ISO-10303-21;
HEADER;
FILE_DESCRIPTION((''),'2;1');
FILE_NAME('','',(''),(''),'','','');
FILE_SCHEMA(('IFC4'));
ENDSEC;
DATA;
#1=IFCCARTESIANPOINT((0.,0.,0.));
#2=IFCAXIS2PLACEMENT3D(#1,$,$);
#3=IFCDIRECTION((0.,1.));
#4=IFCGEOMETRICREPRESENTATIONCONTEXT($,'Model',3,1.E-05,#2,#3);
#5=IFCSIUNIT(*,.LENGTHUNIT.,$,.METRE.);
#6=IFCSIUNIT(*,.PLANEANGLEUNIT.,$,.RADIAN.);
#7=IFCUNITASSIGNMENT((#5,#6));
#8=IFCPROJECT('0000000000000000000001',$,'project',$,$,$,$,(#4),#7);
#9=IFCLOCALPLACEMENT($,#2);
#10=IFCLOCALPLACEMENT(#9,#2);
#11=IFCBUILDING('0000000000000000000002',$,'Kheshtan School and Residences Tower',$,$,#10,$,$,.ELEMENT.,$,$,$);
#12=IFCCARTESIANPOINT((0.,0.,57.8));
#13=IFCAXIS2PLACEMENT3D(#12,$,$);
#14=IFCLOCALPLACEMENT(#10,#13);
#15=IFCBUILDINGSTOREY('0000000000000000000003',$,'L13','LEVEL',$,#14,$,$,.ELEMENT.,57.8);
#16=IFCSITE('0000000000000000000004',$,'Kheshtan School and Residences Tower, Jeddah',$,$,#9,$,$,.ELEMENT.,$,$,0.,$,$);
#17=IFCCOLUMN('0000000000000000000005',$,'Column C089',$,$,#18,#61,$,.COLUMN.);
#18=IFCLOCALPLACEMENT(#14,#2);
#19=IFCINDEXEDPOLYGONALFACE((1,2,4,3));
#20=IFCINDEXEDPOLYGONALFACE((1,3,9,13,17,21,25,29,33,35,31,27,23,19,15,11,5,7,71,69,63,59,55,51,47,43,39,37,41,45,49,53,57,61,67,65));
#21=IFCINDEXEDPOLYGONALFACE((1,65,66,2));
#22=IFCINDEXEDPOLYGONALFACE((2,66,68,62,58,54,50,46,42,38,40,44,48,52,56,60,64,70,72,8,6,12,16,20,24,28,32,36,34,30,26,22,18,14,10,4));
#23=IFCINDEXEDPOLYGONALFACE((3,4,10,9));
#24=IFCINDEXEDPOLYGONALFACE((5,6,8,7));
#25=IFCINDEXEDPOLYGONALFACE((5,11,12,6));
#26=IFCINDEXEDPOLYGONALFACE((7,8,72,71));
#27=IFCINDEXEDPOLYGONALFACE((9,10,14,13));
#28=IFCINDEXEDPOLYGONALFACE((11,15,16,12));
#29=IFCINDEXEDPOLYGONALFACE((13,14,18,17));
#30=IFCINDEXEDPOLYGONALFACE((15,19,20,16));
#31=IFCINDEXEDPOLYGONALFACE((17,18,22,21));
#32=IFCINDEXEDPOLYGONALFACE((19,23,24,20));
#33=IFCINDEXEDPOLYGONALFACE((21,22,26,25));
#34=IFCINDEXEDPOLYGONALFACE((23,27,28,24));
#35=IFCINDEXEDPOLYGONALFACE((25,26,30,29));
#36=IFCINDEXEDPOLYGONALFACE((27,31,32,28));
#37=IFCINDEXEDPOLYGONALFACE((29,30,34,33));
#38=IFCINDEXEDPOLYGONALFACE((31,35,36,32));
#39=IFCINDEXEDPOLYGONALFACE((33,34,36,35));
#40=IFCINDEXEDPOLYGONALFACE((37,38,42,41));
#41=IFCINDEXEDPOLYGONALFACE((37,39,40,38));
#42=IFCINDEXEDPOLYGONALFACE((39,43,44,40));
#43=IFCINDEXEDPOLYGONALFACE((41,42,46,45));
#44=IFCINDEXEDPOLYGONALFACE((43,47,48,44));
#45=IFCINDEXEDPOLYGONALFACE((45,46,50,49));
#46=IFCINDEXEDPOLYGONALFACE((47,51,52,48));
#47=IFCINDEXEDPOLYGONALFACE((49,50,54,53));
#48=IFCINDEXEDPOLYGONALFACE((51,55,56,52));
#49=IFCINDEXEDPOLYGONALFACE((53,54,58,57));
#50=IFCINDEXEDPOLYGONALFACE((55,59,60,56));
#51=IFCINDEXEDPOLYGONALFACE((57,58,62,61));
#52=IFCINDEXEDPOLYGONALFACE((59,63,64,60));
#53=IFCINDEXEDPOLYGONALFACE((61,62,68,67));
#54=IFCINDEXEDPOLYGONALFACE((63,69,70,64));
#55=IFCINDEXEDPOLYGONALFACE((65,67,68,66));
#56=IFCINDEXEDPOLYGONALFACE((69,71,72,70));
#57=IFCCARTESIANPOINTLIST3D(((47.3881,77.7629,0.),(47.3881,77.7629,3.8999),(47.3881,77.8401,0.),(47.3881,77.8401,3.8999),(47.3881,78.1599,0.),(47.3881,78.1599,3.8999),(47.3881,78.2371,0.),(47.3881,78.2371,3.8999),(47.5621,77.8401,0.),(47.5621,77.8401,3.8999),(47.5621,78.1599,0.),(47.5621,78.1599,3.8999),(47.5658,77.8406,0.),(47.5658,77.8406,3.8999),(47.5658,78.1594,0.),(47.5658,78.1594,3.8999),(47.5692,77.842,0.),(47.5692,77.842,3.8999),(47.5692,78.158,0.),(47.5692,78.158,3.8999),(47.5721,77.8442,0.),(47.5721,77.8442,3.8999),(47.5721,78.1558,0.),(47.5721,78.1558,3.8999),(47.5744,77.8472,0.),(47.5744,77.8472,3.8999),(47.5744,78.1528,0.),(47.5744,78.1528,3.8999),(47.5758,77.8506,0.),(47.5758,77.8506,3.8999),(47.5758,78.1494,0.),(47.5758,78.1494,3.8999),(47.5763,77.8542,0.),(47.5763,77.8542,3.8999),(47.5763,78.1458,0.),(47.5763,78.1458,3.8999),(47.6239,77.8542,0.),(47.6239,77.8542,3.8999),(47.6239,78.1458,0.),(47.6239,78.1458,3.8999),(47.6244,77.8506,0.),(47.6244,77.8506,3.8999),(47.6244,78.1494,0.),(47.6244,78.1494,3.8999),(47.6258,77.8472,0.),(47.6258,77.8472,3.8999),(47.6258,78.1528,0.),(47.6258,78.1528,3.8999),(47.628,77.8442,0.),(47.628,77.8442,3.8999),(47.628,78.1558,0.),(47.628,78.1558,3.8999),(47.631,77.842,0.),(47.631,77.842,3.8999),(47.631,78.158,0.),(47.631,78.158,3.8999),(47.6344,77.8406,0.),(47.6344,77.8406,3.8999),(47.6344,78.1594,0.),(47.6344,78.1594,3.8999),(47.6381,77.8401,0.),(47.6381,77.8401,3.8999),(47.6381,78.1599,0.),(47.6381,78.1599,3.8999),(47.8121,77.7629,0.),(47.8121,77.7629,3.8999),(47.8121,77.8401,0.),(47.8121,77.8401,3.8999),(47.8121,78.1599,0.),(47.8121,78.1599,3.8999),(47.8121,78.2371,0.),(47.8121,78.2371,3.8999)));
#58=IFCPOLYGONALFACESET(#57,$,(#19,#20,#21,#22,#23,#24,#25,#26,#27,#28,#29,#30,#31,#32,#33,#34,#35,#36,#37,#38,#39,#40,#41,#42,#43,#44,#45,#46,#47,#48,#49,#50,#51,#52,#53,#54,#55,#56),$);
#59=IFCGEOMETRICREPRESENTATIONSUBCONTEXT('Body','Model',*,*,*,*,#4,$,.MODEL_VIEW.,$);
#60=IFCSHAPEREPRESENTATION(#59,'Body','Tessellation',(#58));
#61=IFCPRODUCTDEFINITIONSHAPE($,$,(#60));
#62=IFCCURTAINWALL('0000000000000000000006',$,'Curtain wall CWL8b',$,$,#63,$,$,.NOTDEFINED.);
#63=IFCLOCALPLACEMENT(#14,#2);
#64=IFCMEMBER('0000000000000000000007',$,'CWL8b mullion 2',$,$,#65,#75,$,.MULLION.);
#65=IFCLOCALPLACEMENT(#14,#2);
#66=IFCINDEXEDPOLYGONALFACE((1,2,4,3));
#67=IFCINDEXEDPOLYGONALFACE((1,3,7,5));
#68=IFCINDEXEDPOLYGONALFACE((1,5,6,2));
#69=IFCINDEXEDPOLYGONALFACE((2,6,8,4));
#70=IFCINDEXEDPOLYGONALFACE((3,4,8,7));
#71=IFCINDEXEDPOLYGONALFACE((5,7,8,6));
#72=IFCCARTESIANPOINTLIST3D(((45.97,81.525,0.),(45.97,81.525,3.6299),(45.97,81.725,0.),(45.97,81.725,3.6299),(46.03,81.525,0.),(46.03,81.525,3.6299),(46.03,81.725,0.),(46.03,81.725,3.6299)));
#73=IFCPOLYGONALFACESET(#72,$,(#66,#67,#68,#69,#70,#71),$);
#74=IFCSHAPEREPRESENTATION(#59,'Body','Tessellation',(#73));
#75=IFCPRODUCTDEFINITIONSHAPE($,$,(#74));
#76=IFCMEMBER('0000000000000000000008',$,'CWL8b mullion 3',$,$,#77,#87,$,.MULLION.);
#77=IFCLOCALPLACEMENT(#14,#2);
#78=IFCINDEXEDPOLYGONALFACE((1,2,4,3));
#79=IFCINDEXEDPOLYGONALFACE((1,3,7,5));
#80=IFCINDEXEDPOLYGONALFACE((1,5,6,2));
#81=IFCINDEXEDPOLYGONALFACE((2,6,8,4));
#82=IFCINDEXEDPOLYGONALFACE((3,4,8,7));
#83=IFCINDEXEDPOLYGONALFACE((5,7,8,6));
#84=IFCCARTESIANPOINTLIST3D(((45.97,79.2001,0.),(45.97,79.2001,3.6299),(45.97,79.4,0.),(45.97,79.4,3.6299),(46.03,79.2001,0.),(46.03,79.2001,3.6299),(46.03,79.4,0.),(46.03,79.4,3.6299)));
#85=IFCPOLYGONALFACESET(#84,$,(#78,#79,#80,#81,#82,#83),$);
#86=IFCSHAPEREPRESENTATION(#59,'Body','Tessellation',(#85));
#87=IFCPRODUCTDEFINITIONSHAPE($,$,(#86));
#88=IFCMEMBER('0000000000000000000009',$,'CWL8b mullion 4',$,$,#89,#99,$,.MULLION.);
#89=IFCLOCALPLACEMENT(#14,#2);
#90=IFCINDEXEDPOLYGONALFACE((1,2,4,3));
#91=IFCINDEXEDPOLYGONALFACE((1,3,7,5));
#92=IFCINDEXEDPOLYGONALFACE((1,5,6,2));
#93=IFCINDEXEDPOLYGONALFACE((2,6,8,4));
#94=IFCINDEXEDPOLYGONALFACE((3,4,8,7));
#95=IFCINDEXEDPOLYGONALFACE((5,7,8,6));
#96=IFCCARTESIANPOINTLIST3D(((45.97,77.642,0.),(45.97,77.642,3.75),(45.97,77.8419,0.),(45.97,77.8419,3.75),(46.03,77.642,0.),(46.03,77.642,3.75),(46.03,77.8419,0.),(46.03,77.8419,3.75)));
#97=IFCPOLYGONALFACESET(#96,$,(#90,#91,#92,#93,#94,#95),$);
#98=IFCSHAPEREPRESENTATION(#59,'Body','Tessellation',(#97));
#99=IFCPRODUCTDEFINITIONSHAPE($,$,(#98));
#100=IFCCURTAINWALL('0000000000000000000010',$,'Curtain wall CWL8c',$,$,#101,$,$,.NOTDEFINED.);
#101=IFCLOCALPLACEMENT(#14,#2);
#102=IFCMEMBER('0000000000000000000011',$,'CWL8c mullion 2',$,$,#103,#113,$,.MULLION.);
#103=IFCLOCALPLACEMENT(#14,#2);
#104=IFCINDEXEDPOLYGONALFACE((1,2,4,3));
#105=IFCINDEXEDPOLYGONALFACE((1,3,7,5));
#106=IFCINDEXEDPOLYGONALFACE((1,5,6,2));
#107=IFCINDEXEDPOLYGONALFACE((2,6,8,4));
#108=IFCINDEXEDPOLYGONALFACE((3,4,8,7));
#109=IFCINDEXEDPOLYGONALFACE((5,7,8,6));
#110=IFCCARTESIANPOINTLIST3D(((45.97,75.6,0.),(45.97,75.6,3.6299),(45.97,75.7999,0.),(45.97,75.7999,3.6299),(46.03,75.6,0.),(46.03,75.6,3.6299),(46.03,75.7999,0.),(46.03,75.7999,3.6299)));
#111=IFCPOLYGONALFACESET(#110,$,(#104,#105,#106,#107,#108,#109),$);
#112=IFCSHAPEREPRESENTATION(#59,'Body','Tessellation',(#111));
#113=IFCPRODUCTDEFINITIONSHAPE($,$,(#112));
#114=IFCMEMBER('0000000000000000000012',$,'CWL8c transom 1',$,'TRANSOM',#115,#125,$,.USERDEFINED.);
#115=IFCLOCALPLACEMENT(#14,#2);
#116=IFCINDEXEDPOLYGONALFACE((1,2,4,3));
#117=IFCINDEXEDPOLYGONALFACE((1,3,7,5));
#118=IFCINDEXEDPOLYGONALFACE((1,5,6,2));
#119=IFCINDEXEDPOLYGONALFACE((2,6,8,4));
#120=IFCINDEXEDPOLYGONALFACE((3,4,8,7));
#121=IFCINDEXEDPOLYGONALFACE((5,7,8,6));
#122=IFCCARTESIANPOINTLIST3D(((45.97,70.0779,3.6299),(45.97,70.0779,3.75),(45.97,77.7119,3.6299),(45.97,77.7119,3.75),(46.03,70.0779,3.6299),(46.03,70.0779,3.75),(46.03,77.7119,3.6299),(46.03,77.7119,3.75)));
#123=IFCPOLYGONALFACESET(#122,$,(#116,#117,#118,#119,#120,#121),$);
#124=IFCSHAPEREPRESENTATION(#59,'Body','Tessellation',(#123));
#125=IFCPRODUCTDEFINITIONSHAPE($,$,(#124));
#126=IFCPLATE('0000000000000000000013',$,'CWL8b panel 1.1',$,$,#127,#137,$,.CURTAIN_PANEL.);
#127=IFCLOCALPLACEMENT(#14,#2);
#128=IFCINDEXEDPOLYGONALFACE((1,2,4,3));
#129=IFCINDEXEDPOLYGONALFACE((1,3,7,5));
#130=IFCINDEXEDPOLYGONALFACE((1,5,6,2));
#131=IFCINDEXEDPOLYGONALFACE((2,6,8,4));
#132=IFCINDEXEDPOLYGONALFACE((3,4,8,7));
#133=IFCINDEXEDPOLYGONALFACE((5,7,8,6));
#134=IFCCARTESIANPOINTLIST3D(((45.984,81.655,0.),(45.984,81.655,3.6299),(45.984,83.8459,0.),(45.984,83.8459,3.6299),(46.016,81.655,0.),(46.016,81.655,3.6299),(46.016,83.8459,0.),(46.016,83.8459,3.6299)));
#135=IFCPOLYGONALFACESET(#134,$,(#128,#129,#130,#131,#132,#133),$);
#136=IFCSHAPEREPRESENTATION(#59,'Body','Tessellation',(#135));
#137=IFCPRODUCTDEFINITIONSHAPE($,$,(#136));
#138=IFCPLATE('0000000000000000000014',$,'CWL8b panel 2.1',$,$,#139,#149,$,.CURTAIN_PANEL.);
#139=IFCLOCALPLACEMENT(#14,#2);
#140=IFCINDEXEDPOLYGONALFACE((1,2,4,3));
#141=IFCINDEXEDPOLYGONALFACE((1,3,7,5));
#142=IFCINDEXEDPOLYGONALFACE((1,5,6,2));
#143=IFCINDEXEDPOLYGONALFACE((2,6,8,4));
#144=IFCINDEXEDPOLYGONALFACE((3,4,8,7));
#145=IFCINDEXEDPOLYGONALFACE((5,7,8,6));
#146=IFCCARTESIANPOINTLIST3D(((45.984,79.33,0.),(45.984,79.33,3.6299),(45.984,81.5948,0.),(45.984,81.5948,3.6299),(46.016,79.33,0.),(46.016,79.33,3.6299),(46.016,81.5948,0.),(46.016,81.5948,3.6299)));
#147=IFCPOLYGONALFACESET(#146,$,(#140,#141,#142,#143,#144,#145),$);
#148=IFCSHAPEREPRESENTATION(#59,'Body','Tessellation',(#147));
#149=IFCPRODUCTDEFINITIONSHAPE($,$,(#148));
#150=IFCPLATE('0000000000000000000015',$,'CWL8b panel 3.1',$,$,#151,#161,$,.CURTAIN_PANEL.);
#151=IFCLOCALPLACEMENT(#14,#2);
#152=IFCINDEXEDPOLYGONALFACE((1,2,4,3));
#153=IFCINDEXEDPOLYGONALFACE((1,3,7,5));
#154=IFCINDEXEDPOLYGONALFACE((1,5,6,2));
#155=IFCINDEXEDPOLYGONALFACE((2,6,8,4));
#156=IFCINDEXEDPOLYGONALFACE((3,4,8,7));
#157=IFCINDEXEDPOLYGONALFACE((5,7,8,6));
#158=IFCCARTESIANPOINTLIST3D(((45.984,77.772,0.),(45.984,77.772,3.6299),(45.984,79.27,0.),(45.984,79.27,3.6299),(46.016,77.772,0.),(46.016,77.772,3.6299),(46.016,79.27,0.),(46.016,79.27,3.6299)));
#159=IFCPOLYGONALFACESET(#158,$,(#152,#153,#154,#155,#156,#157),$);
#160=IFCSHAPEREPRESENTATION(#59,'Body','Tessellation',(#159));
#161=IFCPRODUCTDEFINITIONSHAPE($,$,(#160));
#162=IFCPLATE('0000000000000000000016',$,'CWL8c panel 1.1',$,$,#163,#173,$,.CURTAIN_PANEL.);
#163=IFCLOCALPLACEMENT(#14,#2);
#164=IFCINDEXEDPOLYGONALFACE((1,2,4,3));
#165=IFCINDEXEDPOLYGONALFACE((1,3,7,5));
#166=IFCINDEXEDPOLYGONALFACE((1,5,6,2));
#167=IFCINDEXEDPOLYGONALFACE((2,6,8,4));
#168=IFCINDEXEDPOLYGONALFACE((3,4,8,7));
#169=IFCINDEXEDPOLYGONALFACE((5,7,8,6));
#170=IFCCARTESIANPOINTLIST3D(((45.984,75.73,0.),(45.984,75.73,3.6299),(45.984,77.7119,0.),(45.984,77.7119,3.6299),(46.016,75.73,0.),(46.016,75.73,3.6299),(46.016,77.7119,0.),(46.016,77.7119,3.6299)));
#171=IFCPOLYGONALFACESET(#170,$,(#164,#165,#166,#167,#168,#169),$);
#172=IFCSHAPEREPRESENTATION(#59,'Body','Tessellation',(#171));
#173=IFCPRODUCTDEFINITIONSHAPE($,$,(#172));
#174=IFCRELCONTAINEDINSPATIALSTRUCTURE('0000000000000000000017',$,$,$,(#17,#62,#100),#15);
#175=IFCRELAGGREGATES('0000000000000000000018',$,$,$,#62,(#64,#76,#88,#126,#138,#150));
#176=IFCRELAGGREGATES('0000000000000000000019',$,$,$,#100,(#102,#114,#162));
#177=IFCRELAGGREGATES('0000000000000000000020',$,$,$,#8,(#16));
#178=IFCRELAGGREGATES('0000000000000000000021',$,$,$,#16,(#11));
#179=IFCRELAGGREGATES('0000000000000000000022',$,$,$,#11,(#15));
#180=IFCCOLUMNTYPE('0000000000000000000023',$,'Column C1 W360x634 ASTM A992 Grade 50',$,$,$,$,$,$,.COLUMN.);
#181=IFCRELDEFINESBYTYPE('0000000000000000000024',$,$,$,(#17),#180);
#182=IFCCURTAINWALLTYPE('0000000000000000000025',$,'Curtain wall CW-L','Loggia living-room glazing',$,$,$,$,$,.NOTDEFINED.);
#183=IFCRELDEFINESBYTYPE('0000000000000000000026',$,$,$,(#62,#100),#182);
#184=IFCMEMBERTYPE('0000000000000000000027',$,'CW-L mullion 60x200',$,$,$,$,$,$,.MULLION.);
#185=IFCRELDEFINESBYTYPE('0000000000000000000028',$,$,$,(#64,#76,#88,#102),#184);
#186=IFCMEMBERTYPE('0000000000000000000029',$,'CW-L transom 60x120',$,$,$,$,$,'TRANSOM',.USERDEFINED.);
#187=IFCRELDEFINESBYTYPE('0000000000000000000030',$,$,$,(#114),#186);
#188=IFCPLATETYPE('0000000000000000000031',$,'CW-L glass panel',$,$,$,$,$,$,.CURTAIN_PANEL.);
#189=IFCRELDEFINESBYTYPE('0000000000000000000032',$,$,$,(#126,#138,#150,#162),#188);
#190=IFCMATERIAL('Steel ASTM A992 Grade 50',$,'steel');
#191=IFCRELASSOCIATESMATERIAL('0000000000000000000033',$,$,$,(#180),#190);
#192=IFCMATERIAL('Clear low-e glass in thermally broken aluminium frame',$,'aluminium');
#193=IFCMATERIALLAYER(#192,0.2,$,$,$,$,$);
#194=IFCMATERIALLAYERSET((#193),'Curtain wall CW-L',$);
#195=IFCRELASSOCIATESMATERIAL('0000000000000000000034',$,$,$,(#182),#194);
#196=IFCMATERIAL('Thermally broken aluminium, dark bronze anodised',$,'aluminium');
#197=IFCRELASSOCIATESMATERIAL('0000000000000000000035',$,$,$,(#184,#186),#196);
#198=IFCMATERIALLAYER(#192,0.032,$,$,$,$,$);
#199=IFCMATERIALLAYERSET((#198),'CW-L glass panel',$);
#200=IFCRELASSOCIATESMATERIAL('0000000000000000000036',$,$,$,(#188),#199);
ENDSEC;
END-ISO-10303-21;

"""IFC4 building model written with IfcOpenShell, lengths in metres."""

from ifc_helpers import new_model, si_unit, direction, frame, origin, origin_2d, place, context, subcontext, project, spatial, rectangle, i_section, extrude, material, layer, layer_set, material_profile, profile_set, type_object, element, aggregate, save


model = new_model("IFC4")

# Units and contexts
model_context = context("Model", 3, precision=1e-05, world=origin(), true_north=direction((0.0, 1.0)))
body_context = subcontext(model_context, "Body", "Model", "MODEL_VIEW")
ifc_project = project(units=[si_unit("LENGTHUNIT", "METRE"), si_unit("PLANEANGLEUNIT", "RADIAN")], contexts=[model_context])

# Site, building, storey
site_placement = place(None, origin())
site = spatial("IfcSite", under=ifc_project, at=site_placement, Name="Kheshtan School and Residences Tower, Jeddah", CompositionType="ELEMENT", RefElevation=0.0)
building_placement = place(site_placement, origin())
building = spatial("IfcBuilding", under=site, at=building_placement, Name="Kheshtan School and Residences Tower", CompositionType="ELEMENT")
storey_placement = place(building_placement, frame((0.0, 0.0, 57.8)))
storey = spatial("IfcBuildingStorey", under=building, at=storey_placement, Name="L13", Description="LEVEL", CompositionType="ELEMENT", Elevation=57.8)

# Column
ifc_material_1 = material(Name="Steel ASTM A992 Grade 50", Category="steel")
ifc_material_profile_1 = material_profile(ifc_material_1, i_section(OverallWidth=0.4241, OverallDepth=0.4741, WebThickness=0.0476, FlangeThickness=0.0771, FilletRadius=0.0142, at=origin_2d()), Name="W360x634")
ifc_profile_set_1 = profile_set([ifc_material_profile_1], Name="Steel ASTM A992 Grade 50")
column_type = type_object("IfcColumnType", Name="Column C1 W360x634 ASTM A992 Grade 50", PredefinedType="COLUMN", material=ifc_profile_set_1)
column_placement = place(storey_placement, frame((47.6001, 78.0, 0.0), z_axis=(0.0, 0.0, 1.0), x_axis=(1.0, 0.0, 0.0)))
element("IfcColumn", 1, at=column_placement, inside=storey, type_object=column_type, Name="Column C089", PredefinedType="COLUMN", context=body_context, shape_type="SweptSolid", body=[
    extrude(i_section(OverallWidth=0.4241, OverallDepth=0.4741, WebThickness=0.0476, FlangeThickness=0.0771, FilletRadius=0.0142, at=origin_2d()), origin(), (0.0, 0.0, 1.0), 3.8999),
])

# Curtain walls, members
ifc_material_2 = material(Name="Clear low-e glass in thermally broken aluminium frame", Category="aluminium")
ifc_layer_1 = layer(ifc_material_2, 0.2)
ifc_layer_set_1 = layer_set([ifc_layer_1], Name="Curtain wall CW-L")
curtain_wall_type = type_object("IfcCurtainWallType", Name="Curtain wall CW-L", Description="Loggia living-room glazing", PredefinedType="NOTDEFINED", material=ifc_layer_set_1)
curtain_wall_1_placement = place(storey_placement, origin())
curtain_wall_1 = element("IfcCurtainWall", 2, at=curtain_wall_1_placement, inside=storey, type_object=curtain_wall_type, Name="Curtain wall CWL8b", PredefinedType="NOTDEFINED")
ifc_material_3 = material(Name="Thermally broken aluminium, dark bronze anodised", Category="aluminium")
ifc_material_profile_2 = material_profile(ifc_material_3, rectangle(XDim=0.0601, YDim=0.2, at=origin_2d()), Name="CW-L mullion 60x200")
ifc_profile_set_2 = profile_set([ifc_material_profile_2], Name="Thermally broken aluminium, dark bronze anodised")
member_type_1 = type_object("IfcMemberType", Name="CW-L mullion 60x200", PredefinedType="MULLION", material=ifc_profile_set_2)
member_1_placement = place(storey_placement, frame((46.0, 81.625, 0.0), z_axis=(0.0, 0.0, 1.0), x_axis=(1.0, 0.0, 0.0)))
member_1 = element("IfcMember", 3, at=member_1_placement, type_object=member_type_1, Name="CWL8b mullion 2", PredefinedType="MULLION", context=body_context, shape_type="SweptSolid", body=[
    extrude(rectangle(XDim=0.0601, YDim=0.2, at=origin_2d()), origin(), (0.0, 0.0, 1.0), 3.6299),
])
member_2_placement = place(storey_placement, frame((46.0, 79.3, 0.0), z_axis=(0.0, 0.0, 1.0), x_axis=(1.0, 0.0, 0.0)))
member_2 = element("IfcMember", 4, at=member_2_placement, type_object=member_type_1, Name="CWL8b mullion 3", PredefinedType="MULLION", context=body_context, shape_type="SweptSolid", body=[
    extrude(rectangle(XDim=0.0601, YDim=0.2, at=origin_2d()), origin(), (0.0, 0.0, 1.0), 3.6299),
])
member_3_placement = place(storey_placement, frame((46.0, 77.7419, 0.0), z_axis=(0.0, 0.0, 1.0), x_axis=(1.0, 0.0, 0.0)))
member_3 = element("IfcMember", 5, at=member_3_placement, type_object=member_type_1, Name="CWL8b mullion 4", PredefinedType="MULLION", context=body_context, shape_type="SweptSolid", body=[
    extrude(rectangle(XDim=0.0601, YDim=0.2, at=origin_2d()), origin(), (0.0, 0.0, 1.0), 3.75),
])
curtain_wall_2_placement = place(storey_placement, origin())
curtain_wall_2 = element("IfcCurtainWall", 6, at=curtain_wall_2_placement, inside=storey, type_object=curtain_wall_type, Name="Curtain wall CWL8c", PredefinedType="NOTDEFINED")
member_4_placement = place(storey_placement, frame((46.0, 75.7, 0.0), z_axis=(0.0, 0.0, 1.0), x_axis=(1.0, 0.0, 0.0)))
member_4 = element("IfcMember", 7, at=member_4_placement, type_object=member_type_1, Name="CWL8c mullion 2", PredefinedType="MULLION", context=body_context, shape_type="SweptSolid", body=[
    extrude(rectangle(XDim=0.0601, YDim=0.2, at=origin_2d()), origin(), (0.0, 0.0, 1.0), 3.6299),
])
ifc_material_profile_3 = material_profile(ifc_material_3, rectangle(XDim=0.0601, YDim=0.1201, at=origin_2d()), Name="CW-L transom 60x120")
ifc_profile_set_3 = profile_set([ifc_material_profile_3], Name="Thermally broken aluminium, dark bronze anodised")
member_type_2 = type_object("IfcMemberType", Name="CW-L transom 60x120", ElementType="TRANSOM", PredefinedType="USERDEFINED", material=ifc_profile_set_3)
member_5_placement = place(storey_placement, frame((46.0, 77.7119, 3.6899), z_axis=(0.0, -1.0, 0.0), x_axis=(1.0, 0.0, 0.0)))
member_5 = element("IfcMember", 8, at=member_5_placement, type_object=member_type_2, Name="CWL8c transom 1", ObjectType="TRANSOM", PredefinedType="USERDEFINED", context=body_context, shape_type="SweptSolid", body=[
    extrude(rectangle(XDim=0.0601, YDim=0.1201, at=origin_2d()), origin(), (0.0, 0.0, 1.0), 7.634),
])

# Plates
ifc_layer_2 = layer(ifc_material_2, 0.032)
ifc_layer_set_2 = layer_set([ifc_layer_2], Name="CW-L glass panel")
plate_type = type_object("IfcPlateType", Name="CW-L glass panel", PredefinedType="CURTAIN_PANEL", material=ifc_layer_set_2)
plate_1_placement = place(storey_placement, frame((46.0, 82.7505, 0.0), z_axis=(0.0, 0.0, 1.0), x_axis=(0.0, -1.0, 0.0)))
plate_1 = element("IfcPlate", 9, at=plate_1_placement, type_object=plate_type, Name="CWL8b panel 1.1", PredefinedType="CURTAIN_PANEL", context=body_context, shape_type="SweptSolid", body=[
    extrude(rectangle(XDim=2.1909, YDim=0.032, at=origin_2d()), origin(), (0.0, 0.0, 1.0), 3.6299),
])
plate_2_placement = place(storey_placement, frame((46.0, 80.4624, 0.0), z_axis=(0.0, 0.0, 1.0), x_axis=(0.0, -1.0, 0.0)))
plate_2 = element("IfcPlate", 10, at=plate_2_placement, type_object=plate_type, Name="CWL8b panel 2.1", PredefinedType="CURTAIN_PANEL", context=body_context, shape_type="SweptSolid", body=[
    extrude(rectangle(XDim=2.2649, YDim=0.032, at=origin_2d()), origin(), (0.0, 0.0, 1.0), 3.6299),
])
plate_3_placement = place(storey_placement, frame((46.0, 78.521, 0.0), z_axis=(0.0, 0.0, 1.0), x_axis=(0.0, -1.0, 0.0)))
plate_3 = element("IfcPlate", 11, at=plate_3_placement, type_object=plate_type, Name="CWL8b panel 3.1", PredefinedType="CURTAIN_PANEL", context=body_context, shape_type="SweptSolid", body=[
    extrude(rectangle(XDim=1.498, YDim=0.032, at=origin_2d()), origin(), (0.0, 0.0, 1.0), 3.6299),
])
aggregate(curtain_wall_1, [member_1, member_2, member_3, plate_1, plate_2, plate_3])
plate_4_placement = place(storey_placement, frame((46.0, 76.7209, 0.0), z_axis=(0.0, 0.0, 1.0), x_axis=(0.0, -1.0, 0.0)))
plate_4 = element("IfcPlate", 12, at=plate_4_placement, type_object=plate_type, Name="CWL8c panel 1.1", PredefinedType="CURTAIN_PANEL", context=body_context, shape_type="SweptSolid", body=[
    extrude(rectangle(XDim=1.9819, YDim=0.032, at=origin_2d()), origin(), (0.0, 0.0, 1.0), 3.6299),
])
aggregate(curtain_wall_2, [member_4, member_5, plate_4])

save(model, "model.ifc")
